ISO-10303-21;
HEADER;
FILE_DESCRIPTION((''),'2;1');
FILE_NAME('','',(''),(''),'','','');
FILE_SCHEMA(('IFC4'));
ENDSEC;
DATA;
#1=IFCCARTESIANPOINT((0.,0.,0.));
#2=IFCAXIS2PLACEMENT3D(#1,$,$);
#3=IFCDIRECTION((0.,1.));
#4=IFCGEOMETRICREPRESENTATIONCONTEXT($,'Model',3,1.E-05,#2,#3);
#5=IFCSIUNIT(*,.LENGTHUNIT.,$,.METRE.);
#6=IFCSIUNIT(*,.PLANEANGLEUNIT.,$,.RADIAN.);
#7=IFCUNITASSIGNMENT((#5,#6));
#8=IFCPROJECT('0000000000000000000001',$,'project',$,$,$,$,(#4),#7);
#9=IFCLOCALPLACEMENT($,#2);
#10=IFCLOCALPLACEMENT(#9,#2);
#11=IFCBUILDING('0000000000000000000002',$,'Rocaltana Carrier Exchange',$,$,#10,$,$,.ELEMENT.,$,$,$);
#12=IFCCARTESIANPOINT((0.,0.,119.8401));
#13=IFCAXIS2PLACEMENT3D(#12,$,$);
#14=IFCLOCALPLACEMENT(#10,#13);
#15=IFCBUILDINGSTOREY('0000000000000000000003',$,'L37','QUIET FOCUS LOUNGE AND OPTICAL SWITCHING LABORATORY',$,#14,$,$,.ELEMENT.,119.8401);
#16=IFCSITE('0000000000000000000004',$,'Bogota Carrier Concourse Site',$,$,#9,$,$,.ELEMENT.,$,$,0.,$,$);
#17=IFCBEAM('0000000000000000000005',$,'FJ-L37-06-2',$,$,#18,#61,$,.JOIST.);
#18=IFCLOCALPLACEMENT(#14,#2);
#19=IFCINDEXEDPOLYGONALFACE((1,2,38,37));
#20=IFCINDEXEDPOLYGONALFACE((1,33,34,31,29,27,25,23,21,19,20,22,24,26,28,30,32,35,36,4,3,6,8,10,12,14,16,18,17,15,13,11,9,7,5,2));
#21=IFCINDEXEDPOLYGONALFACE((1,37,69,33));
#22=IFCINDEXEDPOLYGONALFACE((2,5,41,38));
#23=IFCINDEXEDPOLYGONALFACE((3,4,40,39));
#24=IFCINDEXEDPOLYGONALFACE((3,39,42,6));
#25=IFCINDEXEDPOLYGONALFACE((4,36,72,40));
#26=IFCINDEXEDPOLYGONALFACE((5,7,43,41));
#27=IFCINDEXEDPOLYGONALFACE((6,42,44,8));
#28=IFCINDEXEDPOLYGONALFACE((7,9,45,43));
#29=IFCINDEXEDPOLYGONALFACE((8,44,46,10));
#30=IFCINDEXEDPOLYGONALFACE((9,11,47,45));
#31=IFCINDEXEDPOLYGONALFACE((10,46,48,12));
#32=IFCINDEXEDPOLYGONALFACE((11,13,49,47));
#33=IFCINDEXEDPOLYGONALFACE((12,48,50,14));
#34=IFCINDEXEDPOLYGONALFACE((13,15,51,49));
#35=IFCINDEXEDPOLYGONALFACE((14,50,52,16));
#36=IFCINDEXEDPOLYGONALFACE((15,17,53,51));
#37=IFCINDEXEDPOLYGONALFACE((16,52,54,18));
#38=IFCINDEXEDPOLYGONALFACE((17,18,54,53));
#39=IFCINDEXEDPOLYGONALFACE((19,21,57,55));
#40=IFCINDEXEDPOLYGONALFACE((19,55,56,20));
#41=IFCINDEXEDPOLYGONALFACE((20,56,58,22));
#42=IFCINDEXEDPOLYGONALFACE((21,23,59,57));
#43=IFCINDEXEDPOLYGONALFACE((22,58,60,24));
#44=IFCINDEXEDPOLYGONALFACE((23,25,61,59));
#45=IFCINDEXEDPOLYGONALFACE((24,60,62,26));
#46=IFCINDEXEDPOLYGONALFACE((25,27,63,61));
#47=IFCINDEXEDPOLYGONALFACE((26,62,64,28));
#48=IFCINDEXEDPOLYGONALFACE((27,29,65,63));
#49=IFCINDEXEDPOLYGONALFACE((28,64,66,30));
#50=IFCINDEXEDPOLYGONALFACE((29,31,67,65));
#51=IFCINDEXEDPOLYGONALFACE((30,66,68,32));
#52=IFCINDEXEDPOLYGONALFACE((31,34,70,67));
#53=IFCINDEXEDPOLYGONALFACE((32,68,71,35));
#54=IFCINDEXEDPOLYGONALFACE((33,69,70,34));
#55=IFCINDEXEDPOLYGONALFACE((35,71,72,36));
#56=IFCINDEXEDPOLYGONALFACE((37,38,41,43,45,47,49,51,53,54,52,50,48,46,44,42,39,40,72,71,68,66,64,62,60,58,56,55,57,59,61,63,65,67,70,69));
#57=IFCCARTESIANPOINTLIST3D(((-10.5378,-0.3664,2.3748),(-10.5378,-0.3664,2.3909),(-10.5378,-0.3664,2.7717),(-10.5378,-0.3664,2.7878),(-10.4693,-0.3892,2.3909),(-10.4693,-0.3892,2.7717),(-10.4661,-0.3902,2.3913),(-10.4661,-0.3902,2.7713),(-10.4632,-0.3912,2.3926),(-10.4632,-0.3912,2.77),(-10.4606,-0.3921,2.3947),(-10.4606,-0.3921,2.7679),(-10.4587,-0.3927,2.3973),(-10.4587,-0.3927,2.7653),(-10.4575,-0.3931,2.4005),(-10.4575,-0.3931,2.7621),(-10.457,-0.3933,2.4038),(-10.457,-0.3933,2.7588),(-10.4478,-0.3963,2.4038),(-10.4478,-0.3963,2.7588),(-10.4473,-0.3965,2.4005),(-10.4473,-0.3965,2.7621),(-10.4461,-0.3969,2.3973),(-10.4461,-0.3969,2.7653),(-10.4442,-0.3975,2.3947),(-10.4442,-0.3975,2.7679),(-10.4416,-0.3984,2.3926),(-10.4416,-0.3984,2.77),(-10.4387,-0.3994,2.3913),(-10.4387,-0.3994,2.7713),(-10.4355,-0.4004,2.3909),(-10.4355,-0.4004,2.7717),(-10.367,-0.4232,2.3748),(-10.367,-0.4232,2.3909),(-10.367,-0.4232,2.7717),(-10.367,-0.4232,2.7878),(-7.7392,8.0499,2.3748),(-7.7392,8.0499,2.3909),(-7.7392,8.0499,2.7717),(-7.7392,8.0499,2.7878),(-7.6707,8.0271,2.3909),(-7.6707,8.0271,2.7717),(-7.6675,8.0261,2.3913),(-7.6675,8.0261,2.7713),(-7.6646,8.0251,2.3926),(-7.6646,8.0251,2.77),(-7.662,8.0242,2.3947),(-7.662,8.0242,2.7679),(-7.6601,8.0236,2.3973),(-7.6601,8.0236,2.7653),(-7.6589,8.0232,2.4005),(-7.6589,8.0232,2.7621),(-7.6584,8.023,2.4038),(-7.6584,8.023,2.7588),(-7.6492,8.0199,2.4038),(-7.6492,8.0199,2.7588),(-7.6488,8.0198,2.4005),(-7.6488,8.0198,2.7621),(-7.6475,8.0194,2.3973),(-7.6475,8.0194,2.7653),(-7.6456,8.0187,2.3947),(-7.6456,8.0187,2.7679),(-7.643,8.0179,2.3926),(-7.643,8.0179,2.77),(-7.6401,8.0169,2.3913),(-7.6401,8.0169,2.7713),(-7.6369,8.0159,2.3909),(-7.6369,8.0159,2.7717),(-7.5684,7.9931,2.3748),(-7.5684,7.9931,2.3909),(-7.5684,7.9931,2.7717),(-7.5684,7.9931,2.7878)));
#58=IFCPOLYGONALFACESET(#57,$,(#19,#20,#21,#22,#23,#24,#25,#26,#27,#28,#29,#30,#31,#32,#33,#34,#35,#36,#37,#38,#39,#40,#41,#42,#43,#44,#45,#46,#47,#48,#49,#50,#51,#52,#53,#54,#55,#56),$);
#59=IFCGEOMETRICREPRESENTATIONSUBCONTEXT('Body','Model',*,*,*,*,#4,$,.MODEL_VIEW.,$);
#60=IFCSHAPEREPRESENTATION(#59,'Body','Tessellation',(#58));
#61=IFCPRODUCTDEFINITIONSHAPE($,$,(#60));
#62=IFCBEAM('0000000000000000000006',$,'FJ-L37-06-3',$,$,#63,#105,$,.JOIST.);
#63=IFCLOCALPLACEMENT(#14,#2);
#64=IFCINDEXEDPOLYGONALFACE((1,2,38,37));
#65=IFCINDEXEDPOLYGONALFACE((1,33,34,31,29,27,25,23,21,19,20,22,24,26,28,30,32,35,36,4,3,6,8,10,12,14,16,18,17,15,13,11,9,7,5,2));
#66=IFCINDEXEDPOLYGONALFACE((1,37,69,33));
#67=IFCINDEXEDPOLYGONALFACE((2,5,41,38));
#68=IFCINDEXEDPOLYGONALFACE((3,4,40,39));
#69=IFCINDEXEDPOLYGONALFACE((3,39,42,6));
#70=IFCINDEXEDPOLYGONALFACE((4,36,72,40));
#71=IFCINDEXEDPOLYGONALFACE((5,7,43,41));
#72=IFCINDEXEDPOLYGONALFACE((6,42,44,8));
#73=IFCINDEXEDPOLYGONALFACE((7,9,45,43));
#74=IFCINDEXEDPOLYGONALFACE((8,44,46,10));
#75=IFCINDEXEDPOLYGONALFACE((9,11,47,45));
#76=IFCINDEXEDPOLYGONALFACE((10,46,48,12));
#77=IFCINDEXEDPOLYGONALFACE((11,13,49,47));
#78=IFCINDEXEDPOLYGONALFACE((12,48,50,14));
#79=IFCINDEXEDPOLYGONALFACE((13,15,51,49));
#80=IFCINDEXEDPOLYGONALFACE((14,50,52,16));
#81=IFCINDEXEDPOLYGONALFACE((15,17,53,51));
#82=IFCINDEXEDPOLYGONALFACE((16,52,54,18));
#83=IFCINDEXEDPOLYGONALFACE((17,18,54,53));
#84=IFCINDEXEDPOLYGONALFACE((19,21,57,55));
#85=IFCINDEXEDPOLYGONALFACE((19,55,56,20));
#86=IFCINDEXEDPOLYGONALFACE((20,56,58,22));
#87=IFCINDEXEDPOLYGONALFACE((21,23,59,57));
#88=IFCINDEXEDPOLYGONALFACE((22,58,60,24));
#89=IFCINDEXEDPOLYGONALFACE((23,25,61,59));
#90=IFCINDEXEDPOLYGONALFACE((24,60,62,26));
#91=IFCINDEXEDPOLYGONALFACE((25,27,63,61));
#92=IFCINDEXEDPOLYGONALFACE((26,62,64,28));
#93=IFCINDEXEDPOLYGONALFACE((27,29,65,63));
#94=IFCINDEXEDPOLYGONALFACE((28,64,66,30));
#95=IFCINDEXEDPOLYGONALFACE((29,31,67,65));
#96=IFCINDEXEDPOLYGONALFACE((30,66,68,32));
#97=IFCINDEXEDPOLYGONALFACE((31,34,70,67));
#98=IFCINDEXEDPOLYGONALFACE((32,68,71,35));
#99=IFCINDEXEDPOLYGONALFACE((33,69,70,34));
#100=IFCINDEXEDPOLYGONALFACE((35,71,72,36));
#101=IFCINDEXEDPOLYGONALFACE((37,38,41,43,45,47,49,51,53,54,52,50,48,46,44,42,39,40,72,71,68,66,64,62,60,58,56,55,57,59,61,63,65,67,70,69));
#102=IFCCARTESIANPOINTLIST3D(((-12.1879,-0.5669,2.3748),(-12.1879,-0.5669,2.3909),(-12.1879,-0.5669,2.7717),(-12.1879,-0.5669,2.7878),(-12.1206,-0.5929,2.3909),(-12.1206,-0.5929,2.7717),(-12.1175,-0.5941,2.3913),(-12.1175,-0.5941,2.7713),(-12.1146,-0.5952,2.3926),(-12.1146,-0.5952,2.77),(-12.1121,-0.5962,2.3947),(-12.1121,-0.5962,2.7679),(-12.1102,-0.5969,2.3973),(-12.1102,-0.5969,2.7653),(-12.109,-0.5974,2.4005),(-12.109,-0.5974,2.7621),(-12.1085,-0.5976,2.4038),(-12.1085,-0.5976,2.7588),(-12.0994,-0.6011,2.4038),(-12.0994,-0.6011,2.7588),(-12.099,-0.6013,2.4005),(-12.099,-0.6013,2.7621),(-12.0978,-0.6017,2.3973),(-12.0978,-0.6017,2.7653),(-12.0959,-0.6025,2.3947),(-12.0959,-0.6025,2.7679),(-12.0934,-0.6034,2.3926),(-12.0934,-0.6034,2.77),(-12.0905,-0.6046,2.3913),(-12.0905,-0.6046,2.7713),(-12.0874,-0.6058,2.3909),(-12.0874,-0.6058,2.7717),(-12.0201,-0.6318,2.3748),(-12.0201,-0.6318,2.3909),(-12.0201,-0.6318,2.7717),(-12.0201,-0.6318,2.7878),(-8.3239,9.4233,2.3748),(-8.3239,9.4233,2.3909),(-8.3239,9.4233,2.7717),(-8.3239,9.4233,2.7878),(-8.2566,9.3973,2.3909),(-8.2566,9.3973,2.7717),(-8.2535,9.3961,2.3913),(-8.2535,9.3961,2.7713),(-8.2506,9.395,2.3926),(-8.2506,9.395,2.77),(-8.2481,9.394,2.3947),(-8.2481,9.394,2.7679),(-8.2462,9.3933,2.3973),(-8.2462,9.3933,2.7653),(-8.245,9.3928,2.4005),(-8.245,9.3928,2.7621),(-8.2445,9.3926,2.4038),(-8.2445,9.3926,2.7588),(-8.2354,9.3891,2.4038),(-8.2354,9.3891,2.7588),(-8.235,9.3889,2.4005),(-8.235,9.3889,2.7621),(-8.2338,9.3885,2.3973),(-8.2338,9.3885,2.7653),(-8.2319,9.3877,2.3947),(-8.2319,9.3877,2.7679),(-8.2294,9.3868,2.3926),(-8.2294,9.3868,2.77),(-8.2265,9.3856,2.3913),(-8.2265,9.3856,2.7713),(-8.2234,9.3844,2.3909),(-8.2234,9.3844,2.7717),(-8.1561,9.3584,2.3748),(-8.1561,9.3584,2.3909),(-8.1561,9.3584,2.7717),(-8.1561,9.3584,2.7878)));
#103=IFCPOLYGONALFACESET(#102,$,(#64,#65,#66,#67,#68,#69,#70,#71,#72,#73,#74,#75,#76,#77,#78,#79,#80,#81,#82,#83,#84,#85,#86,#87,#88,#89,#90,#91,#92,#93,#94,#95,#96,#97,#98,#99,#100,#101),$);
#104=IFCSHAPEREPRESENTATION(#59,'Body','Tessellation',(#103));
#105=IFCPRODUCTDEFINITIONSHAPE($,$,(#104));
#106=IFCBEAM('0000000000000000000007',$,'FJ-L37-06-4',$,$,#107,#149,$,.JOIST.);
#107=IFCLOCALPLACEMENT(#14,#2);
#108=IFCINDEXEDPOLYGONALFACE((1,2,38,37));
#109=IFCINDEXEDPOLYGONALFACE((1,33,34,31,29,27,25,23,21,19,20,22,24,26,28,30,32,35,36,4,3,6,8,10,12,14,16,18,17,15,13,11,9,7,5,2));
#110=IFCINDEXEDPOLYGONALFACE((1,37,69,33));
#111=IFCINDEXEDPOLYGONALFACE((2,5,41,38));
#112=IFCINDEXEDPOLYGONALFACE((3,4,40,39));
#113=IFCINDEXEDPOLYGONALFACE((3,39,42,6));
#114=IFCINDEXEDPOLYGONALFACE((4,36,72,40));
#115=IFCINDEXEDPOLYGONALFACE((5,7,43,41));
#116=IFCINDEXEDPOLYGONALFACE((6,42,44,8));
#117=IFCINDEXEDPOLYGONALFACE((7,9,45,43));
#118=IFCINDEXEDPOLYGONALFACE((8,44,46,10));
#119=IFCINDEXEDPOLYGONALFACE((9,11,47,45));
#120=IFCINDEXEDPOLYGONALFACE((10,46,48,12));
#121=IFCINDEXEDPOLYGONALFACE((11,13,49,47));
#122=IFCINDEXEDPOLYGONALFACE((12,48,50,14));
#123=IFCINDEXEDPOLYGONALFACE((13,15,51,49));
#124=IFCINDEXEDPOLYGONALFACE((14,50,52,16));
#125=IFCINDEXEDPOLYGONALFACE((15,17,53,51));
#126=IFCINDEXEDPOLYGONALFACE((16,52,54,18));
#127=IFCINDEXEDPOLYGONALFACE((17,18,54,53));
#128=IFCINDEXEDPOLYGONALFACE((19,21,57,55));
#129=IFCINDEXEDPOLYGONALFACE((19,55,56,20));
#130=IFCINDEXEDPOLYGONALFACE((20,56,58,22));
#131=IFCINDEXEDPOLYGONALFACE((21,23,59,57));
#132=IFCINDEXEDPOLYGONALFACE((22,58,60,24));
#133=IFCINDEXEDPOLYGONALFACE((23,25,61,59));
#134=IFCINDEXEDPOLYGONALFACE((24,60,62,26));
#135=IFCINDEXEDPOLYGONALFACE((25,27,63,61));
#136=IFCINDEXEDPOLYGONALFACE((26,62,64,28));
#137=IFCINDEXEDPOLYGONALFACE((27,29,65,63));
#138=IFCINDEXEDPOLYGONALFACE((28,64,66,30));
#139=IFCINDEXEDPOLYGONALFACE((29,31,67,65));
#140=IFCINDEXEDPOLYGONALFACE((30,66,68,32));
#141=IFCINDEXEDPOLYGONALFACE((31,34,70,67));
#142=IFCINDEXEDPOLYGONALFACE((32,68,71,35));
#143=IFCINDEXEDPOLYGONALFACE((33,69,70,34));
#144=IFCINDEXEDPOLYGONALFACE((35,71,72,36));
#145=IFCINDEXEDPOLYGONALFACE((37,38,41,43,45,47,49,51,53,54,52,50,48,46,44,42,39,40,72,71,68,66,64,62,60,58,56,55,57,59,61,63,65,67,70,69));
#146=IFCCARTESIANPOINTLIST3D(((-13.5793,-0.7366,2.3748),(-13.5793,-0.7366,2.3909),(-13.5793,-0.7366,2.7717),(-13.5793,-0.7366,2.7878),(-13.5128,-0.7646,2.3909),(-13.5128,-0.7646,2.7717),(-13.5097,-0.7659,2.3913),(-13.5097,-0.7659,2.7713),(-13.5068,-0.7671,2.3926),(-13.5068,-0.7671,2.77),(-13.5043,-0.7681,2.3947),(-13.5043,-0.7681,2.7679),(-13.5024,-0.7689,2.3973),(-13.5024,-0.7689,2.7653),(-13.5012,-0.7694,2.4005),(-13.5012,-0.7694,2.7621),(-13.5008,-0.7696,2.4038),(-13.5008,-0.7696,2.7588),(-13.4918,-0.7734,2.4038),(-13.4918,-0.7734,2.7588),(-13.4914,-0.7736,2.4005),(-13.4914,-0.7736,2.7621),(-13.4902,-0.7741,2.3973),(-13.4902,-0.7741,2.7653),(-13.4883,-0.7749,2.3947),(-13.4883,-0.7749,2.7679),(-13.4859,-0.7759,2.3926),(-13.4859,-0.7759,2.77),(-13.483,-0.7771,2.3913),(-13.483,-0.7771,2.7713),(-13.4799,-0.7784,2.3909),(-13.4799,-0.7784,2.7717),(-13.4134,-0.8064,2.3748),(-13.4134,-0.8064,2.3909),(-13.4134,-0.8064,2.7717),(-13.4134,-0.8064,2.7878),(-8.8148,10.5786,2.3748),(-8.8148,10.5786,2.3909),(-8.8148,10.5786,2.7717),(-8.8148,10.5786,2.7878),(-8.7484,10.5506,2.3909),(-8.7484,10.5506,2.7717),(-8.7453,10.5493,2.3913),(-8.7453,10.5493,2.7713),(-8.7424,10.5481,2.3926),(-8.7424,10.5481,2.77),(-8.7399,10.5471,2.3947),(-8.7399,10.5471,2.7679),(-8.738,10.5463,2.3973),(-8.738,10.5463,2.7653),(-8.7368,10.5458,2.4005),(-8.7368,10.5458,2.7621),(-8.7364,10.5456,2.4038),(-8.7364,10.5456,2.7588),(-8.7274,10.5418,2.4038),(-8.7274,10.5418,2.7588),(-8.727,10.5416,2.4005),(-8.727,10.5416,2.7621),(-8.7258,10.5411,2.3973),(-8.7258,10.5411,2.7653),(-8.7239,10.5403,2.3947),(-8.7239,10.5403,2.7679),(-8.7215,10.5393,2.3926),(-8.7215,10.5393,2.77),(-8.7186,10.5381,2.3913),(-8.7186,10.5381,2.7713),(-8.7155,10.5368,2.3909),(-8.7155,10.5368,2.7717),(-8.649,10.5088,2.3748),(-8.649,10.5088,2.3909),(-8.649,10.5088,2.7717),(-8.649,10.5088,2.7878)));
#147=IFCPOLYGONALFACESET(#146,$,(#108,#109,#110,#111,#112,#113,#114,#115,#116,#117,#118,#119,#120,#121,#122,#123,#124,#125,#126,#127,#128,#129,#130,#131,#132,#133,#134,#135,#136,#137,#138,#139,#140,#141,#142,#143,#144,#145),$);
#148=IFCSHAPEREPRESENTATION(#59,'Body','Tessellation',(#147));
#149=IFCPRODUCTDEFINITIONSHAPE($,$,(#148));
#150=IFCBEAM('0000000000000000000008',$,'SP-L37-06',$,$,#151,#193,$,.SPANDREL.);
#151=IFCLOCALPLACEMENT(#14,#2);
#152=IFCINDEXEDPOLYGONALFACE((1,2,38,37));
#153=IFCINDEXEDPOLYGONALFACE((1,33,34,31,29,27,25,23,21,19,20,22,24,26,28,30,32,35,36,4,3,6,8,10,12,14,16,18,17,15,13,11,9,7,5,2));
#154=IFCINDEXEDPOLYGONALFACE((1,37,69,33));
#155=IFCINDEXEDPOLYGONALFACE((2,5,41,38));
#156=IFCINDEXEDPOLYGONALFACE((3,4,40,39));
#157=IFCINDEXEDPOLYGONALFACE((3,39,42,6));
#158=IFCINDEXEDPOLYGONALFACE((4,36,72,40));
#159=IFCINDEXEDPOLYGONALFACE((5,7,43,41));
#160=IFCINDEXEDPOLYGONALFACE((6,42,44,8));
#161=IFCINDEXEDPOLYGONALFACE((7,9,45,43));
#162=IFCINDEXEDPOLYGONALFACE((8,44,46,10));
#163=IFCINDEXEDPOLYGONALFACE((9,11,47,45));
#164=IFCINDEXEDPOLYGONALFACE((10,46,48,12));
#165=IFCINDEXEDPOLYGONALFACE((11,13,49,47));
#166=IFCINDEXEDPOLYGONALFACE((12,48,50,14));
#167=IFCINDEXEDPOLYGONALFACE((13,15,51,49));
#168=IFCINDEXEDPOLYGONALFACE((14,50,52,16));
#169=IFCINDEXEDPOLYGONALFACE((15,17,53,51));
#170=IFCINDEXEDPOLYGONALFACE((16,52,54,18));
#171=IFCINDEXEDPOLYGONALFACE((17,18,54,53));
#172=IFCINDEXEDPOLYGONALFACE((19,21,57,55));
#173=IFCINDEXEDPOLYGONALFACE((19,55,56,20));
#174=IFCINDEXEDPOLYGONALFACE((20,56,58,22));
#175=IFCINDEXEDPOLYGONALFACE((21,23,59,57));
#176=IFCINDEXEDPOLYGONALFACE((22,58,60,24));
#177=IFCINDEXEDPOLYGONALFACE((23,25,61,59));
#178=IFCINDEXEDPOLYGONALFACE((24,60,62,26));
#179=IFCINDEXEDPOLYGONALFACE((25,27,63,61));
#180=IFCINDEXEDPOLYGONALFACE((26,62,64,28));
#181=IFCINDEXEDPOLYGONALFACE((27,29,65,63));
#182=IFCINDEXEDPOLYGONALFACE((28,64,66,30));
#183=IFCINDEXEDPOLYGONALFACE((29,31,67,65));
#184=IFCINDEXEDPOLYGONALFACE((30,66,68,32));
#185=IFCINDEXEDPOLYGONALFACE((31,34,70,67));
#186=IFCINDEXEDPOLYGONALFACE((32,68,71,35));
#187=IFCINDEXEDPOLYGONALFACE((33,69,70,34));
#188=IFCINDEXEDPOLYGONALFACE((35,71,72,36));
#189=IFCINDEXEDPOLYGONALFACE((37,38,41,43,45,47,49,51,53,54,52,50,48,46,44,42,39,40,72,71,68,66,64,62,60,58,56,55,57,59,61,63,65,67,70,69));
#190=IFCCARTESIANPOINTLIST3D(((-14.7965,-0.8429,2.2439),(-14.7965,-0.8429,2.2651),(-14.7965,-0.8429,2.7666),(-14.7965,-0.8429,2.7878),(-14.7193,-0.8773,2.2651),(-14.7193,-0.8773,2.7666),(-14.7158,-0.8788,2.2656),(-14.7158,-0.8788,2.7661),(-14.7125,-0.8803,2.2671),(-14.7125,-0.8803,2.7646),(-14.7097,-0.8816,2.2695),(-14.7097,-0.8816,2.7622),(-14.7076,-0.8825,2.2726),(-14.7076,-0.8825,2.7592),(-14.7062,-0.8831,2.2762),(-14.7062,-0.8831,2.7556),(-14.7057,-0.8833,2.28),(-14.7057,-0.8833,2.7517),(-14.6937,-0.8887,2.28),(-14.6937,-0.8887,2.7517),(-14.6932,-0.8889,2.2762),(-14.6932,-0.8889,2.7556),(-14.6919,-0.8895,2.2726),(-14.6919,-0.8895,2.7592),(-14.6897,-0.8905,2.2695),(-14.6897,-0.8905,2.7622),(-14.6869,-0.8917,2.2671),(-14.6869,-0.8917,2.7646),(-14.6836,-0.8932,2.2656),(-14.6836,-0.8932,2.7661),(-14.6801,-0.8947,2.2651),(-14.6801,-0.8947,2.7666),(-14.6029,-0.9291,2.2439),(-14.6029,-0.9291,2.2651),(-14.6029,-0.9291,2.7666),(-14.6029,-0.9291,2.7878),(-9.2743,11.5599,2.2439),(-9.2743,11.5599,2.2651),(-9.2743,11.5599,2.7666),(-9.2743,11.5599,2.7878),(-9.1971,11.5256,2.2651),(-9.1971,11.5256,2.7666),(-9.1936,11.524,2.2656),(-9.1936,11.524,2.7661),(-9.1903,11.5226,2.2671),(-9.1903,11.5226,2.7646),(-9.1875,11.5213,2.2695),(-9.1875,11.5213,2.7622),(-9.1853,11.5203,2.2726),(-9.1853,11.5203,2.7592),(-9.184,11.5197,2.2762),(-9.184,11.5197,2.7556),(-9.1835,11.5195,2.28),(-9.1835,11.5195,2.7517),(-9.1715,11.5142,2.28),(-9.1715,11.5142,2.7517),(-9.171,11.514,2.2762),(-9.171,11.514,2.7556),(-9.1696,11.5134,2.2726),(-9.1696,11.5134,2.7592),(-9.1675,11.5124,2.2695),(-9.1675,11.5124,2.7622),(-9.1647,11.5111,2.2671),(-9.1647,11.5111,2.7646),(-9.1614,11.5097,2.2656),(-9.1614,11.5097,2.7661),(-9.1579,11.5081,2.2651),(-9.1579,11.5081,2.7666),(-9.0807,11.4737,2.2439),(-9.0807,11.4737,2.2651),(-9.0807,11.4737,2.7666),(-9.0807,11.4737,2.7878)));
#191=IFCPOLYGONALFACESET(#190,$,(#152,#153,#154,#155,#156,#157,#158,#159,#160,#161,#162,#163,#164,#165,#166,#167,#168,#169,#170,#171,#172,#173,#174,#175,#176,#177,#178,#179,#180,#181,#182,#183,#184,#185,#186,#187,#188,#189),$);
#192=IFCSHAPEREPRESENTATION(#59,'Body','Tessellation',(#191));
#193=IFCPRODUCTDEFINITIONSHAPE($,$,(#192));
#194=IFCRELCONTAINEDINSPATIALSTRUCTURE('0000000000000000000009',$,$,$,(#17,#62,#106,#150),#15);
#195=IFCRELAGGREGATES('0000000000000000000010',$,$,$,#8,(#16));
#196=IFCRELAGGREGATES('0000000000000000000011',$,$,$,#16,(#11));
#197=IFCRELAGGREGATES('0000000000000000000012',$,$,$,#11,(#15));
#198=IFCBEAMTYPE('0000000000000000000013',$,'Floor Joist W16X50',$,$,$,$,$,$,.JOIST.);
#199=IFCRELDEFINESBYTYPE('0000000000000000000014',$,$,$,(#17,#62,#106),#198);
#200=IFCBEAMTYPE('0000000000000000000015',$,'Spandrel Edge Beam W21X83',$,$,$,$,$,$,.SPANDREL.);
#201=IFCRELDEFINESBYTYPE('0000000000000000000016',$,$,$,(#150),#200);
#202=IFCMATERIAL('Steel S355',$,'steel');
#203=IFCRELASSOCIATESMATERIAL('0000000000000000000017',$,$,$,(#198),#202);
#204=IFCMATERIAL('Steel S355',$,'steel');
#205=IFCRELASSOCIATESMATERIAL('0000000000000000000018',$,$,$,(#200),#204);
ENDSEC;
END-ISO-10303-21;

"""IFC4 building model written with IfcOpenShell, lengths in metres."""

from ifc_helpers import new_model, si_unit, direction, frame, origin, origin_2d, place, context, subcontext, project, spatial, i_section, extrude, material, material_profile, profile_set, type_object, element, save


model = new_model("IFC4")

# Units and contexts
model_context = context("Model", 3, precision=1e-05, world=origin(), true_north=direction((0.0, 1.0)))
body_context = subcontext(model_context, "Body", "Model", "MODEL_VIEW")
ifc_project = project(units=[si_unit("LENGTHUNIT", "METRE"), si_unit("PLANEANGLEUNIT", "RADIAN")], contexts=[model_context])

# Site, building, storey
site_placement = place(None, origin())
site = spatial("IfcSite", under=ifc_project, at=site_placement, Name="Bogota Carrier Concourse Site", CompositionType="ELEMENT", RefElevation=0.0)
building_placement = place(site_placement, origin())
building = spatial("IfcBuilding", under=site, at=building_placement, Name="Rocaltana Carrier Exchange", CompositionType="ELEMENT")
storey_placement = place(building_placement, frame((0.0, 0.0, 119.8401)))
storey = spatial("IfcBuildingStorey", under=building, at=storey_placement, Name="L37", Description="QUIET FOCUS LOUNGE AND OPTICAL SWITCHING LABORATORY", CompositionType="ELEMENT", Elevation=119.8401)

# Beams
ifc_material_1 = material(Name="Steel S355", Category="steel")
ifc_material_profile_1 = material_profile(ifc_material_1, i_section(OverallWidth=0.1799, OverallDepth=0.4131, WebThickness=0.0098, FlangeThickness=0.0161, FilletRadius=0.0129, at=origin_2d()), Name="W16X50")
ifc_profile_set_1 = profile_set([ifc_material_profile_1], Name="Steel S355")
beam_type_1 = type_object("IfcBeamType", Name="Floor Joist W16X50", PredefinedType="JOIST", material=ifc_profile_set_1)
beam_1_placement = place(storey_placement, frame((-7.6538, 8.0215, 2.5813), z_axis=(-0.315534, -0.948914, 0.0), x_axis=(0.948914, -0.315534, 0.0)))
element("IfcBeam", 1, at=beam_1_placement, inside=storey, type_object=beam_type_1, Name="FJ-L37-06-2", PredefinedType="JOIST", context=body_context, shape_type="SweptSolid", body=[
    extrude(i_section(OverallWidth=0.1799, OverallDepth=0.4131, WebThickness=0.0098, FlangeThickness=0.0161, FilletRadius=0.0129, at=origin_2d()), origin(), (0.0, 0.0, 1.0), 8.8694),
])
beam_2_placement = place(storey_placement, frame((-8.24, 9.3909, 2.5813), z_axis=(-0.360736, -0.932668, 0.0), x_axis=(0.932668, -0.360736, 0.0)))
element("IfcBeam", 2, at=beam_2_placement, inside=storey, type_object=beam_type_1, Name="FJ-L37-06-3", PredefinedType="JOIST", context=body_context, shape_type="SweptSolid", body=[
    extrude(i_section(OverallWidth=0.1799, OverallDepth=0.4131, WebThickness=0.0098, FlangeThickness=0.0161, FilletRadius=0.0129, at=origin_2d()), origin(), (0.0, 0.0, 1.0), 10.7114),
])
beam_3_placement = place(storey_placement, frame((-8.7319, 10.5437, 2.5813), z_axis=(-0.388065, -0.921632, 0.0), x_axis=(0.921632, -0.388065, 0.0)))
element("IfcBeam", 3, at=beam_3_placement, inside=storey, type_object=beam_type_1, Name="FJ-L37-06-4", PredefinedType="JOIST", context=body_context, shape_type="SweptSolid", body=[
    extrude(i_section(OverallWidth=0.1799, OverallDepth=0.4131, WebThickness=0.0098, FlangeThickness=0.0161, FilletRadius=0.0129, at=origin_2d()), origin(), (0.0, 0.0, 1.0), 12.2773),
])
ifc_material_2 = material(Name="Steel S355", Category="steel")
ifc_material_profile_2 = material_profile(ifc_material_2, i_section(OverallWidth=0.2119, OverallDepth=0.5439, WebThickness=0.0132, FlangeThickness=0.0212, FilletRadius=0.0149, at=origin_2d()), Name="W21X83")
ifc_profile_set_2 = profile_set([ifc_material_profile_2], Name="Steel S355")
beam_type_2 = type_object("IfcBeamType", Name="Spandrel Edge Beam W21X83", PredefinedType="SPANDREL", material=ifc_profile_set_2)
beam_4_placement = place(storey_placement, frame((-9.1775, 11.5168, 2.5159), z_axis=(-0.406744, -0.913542, 0.0), x_axis=(0.913542, -0.406744, 0.0)))
element("IfcBeam", 4, at=beam_4_placement, inside=storey, type_object=beam_type_2, Name="SP-L37-06", PredefinedType="SPANDREL", context=body_context, shape_type="SweptSolid", body=[
    extrude(i_section(OverallWidth=0.2119, OverallDepth=0.5439, WebThickness=0.0132, FlangeThickness=0.0212, FilletRadius=0.0149, at=origin_2d()), origin(), (0.0, 0.0, 1.0), 13.5767),
])

save(model, "model.ifc")
